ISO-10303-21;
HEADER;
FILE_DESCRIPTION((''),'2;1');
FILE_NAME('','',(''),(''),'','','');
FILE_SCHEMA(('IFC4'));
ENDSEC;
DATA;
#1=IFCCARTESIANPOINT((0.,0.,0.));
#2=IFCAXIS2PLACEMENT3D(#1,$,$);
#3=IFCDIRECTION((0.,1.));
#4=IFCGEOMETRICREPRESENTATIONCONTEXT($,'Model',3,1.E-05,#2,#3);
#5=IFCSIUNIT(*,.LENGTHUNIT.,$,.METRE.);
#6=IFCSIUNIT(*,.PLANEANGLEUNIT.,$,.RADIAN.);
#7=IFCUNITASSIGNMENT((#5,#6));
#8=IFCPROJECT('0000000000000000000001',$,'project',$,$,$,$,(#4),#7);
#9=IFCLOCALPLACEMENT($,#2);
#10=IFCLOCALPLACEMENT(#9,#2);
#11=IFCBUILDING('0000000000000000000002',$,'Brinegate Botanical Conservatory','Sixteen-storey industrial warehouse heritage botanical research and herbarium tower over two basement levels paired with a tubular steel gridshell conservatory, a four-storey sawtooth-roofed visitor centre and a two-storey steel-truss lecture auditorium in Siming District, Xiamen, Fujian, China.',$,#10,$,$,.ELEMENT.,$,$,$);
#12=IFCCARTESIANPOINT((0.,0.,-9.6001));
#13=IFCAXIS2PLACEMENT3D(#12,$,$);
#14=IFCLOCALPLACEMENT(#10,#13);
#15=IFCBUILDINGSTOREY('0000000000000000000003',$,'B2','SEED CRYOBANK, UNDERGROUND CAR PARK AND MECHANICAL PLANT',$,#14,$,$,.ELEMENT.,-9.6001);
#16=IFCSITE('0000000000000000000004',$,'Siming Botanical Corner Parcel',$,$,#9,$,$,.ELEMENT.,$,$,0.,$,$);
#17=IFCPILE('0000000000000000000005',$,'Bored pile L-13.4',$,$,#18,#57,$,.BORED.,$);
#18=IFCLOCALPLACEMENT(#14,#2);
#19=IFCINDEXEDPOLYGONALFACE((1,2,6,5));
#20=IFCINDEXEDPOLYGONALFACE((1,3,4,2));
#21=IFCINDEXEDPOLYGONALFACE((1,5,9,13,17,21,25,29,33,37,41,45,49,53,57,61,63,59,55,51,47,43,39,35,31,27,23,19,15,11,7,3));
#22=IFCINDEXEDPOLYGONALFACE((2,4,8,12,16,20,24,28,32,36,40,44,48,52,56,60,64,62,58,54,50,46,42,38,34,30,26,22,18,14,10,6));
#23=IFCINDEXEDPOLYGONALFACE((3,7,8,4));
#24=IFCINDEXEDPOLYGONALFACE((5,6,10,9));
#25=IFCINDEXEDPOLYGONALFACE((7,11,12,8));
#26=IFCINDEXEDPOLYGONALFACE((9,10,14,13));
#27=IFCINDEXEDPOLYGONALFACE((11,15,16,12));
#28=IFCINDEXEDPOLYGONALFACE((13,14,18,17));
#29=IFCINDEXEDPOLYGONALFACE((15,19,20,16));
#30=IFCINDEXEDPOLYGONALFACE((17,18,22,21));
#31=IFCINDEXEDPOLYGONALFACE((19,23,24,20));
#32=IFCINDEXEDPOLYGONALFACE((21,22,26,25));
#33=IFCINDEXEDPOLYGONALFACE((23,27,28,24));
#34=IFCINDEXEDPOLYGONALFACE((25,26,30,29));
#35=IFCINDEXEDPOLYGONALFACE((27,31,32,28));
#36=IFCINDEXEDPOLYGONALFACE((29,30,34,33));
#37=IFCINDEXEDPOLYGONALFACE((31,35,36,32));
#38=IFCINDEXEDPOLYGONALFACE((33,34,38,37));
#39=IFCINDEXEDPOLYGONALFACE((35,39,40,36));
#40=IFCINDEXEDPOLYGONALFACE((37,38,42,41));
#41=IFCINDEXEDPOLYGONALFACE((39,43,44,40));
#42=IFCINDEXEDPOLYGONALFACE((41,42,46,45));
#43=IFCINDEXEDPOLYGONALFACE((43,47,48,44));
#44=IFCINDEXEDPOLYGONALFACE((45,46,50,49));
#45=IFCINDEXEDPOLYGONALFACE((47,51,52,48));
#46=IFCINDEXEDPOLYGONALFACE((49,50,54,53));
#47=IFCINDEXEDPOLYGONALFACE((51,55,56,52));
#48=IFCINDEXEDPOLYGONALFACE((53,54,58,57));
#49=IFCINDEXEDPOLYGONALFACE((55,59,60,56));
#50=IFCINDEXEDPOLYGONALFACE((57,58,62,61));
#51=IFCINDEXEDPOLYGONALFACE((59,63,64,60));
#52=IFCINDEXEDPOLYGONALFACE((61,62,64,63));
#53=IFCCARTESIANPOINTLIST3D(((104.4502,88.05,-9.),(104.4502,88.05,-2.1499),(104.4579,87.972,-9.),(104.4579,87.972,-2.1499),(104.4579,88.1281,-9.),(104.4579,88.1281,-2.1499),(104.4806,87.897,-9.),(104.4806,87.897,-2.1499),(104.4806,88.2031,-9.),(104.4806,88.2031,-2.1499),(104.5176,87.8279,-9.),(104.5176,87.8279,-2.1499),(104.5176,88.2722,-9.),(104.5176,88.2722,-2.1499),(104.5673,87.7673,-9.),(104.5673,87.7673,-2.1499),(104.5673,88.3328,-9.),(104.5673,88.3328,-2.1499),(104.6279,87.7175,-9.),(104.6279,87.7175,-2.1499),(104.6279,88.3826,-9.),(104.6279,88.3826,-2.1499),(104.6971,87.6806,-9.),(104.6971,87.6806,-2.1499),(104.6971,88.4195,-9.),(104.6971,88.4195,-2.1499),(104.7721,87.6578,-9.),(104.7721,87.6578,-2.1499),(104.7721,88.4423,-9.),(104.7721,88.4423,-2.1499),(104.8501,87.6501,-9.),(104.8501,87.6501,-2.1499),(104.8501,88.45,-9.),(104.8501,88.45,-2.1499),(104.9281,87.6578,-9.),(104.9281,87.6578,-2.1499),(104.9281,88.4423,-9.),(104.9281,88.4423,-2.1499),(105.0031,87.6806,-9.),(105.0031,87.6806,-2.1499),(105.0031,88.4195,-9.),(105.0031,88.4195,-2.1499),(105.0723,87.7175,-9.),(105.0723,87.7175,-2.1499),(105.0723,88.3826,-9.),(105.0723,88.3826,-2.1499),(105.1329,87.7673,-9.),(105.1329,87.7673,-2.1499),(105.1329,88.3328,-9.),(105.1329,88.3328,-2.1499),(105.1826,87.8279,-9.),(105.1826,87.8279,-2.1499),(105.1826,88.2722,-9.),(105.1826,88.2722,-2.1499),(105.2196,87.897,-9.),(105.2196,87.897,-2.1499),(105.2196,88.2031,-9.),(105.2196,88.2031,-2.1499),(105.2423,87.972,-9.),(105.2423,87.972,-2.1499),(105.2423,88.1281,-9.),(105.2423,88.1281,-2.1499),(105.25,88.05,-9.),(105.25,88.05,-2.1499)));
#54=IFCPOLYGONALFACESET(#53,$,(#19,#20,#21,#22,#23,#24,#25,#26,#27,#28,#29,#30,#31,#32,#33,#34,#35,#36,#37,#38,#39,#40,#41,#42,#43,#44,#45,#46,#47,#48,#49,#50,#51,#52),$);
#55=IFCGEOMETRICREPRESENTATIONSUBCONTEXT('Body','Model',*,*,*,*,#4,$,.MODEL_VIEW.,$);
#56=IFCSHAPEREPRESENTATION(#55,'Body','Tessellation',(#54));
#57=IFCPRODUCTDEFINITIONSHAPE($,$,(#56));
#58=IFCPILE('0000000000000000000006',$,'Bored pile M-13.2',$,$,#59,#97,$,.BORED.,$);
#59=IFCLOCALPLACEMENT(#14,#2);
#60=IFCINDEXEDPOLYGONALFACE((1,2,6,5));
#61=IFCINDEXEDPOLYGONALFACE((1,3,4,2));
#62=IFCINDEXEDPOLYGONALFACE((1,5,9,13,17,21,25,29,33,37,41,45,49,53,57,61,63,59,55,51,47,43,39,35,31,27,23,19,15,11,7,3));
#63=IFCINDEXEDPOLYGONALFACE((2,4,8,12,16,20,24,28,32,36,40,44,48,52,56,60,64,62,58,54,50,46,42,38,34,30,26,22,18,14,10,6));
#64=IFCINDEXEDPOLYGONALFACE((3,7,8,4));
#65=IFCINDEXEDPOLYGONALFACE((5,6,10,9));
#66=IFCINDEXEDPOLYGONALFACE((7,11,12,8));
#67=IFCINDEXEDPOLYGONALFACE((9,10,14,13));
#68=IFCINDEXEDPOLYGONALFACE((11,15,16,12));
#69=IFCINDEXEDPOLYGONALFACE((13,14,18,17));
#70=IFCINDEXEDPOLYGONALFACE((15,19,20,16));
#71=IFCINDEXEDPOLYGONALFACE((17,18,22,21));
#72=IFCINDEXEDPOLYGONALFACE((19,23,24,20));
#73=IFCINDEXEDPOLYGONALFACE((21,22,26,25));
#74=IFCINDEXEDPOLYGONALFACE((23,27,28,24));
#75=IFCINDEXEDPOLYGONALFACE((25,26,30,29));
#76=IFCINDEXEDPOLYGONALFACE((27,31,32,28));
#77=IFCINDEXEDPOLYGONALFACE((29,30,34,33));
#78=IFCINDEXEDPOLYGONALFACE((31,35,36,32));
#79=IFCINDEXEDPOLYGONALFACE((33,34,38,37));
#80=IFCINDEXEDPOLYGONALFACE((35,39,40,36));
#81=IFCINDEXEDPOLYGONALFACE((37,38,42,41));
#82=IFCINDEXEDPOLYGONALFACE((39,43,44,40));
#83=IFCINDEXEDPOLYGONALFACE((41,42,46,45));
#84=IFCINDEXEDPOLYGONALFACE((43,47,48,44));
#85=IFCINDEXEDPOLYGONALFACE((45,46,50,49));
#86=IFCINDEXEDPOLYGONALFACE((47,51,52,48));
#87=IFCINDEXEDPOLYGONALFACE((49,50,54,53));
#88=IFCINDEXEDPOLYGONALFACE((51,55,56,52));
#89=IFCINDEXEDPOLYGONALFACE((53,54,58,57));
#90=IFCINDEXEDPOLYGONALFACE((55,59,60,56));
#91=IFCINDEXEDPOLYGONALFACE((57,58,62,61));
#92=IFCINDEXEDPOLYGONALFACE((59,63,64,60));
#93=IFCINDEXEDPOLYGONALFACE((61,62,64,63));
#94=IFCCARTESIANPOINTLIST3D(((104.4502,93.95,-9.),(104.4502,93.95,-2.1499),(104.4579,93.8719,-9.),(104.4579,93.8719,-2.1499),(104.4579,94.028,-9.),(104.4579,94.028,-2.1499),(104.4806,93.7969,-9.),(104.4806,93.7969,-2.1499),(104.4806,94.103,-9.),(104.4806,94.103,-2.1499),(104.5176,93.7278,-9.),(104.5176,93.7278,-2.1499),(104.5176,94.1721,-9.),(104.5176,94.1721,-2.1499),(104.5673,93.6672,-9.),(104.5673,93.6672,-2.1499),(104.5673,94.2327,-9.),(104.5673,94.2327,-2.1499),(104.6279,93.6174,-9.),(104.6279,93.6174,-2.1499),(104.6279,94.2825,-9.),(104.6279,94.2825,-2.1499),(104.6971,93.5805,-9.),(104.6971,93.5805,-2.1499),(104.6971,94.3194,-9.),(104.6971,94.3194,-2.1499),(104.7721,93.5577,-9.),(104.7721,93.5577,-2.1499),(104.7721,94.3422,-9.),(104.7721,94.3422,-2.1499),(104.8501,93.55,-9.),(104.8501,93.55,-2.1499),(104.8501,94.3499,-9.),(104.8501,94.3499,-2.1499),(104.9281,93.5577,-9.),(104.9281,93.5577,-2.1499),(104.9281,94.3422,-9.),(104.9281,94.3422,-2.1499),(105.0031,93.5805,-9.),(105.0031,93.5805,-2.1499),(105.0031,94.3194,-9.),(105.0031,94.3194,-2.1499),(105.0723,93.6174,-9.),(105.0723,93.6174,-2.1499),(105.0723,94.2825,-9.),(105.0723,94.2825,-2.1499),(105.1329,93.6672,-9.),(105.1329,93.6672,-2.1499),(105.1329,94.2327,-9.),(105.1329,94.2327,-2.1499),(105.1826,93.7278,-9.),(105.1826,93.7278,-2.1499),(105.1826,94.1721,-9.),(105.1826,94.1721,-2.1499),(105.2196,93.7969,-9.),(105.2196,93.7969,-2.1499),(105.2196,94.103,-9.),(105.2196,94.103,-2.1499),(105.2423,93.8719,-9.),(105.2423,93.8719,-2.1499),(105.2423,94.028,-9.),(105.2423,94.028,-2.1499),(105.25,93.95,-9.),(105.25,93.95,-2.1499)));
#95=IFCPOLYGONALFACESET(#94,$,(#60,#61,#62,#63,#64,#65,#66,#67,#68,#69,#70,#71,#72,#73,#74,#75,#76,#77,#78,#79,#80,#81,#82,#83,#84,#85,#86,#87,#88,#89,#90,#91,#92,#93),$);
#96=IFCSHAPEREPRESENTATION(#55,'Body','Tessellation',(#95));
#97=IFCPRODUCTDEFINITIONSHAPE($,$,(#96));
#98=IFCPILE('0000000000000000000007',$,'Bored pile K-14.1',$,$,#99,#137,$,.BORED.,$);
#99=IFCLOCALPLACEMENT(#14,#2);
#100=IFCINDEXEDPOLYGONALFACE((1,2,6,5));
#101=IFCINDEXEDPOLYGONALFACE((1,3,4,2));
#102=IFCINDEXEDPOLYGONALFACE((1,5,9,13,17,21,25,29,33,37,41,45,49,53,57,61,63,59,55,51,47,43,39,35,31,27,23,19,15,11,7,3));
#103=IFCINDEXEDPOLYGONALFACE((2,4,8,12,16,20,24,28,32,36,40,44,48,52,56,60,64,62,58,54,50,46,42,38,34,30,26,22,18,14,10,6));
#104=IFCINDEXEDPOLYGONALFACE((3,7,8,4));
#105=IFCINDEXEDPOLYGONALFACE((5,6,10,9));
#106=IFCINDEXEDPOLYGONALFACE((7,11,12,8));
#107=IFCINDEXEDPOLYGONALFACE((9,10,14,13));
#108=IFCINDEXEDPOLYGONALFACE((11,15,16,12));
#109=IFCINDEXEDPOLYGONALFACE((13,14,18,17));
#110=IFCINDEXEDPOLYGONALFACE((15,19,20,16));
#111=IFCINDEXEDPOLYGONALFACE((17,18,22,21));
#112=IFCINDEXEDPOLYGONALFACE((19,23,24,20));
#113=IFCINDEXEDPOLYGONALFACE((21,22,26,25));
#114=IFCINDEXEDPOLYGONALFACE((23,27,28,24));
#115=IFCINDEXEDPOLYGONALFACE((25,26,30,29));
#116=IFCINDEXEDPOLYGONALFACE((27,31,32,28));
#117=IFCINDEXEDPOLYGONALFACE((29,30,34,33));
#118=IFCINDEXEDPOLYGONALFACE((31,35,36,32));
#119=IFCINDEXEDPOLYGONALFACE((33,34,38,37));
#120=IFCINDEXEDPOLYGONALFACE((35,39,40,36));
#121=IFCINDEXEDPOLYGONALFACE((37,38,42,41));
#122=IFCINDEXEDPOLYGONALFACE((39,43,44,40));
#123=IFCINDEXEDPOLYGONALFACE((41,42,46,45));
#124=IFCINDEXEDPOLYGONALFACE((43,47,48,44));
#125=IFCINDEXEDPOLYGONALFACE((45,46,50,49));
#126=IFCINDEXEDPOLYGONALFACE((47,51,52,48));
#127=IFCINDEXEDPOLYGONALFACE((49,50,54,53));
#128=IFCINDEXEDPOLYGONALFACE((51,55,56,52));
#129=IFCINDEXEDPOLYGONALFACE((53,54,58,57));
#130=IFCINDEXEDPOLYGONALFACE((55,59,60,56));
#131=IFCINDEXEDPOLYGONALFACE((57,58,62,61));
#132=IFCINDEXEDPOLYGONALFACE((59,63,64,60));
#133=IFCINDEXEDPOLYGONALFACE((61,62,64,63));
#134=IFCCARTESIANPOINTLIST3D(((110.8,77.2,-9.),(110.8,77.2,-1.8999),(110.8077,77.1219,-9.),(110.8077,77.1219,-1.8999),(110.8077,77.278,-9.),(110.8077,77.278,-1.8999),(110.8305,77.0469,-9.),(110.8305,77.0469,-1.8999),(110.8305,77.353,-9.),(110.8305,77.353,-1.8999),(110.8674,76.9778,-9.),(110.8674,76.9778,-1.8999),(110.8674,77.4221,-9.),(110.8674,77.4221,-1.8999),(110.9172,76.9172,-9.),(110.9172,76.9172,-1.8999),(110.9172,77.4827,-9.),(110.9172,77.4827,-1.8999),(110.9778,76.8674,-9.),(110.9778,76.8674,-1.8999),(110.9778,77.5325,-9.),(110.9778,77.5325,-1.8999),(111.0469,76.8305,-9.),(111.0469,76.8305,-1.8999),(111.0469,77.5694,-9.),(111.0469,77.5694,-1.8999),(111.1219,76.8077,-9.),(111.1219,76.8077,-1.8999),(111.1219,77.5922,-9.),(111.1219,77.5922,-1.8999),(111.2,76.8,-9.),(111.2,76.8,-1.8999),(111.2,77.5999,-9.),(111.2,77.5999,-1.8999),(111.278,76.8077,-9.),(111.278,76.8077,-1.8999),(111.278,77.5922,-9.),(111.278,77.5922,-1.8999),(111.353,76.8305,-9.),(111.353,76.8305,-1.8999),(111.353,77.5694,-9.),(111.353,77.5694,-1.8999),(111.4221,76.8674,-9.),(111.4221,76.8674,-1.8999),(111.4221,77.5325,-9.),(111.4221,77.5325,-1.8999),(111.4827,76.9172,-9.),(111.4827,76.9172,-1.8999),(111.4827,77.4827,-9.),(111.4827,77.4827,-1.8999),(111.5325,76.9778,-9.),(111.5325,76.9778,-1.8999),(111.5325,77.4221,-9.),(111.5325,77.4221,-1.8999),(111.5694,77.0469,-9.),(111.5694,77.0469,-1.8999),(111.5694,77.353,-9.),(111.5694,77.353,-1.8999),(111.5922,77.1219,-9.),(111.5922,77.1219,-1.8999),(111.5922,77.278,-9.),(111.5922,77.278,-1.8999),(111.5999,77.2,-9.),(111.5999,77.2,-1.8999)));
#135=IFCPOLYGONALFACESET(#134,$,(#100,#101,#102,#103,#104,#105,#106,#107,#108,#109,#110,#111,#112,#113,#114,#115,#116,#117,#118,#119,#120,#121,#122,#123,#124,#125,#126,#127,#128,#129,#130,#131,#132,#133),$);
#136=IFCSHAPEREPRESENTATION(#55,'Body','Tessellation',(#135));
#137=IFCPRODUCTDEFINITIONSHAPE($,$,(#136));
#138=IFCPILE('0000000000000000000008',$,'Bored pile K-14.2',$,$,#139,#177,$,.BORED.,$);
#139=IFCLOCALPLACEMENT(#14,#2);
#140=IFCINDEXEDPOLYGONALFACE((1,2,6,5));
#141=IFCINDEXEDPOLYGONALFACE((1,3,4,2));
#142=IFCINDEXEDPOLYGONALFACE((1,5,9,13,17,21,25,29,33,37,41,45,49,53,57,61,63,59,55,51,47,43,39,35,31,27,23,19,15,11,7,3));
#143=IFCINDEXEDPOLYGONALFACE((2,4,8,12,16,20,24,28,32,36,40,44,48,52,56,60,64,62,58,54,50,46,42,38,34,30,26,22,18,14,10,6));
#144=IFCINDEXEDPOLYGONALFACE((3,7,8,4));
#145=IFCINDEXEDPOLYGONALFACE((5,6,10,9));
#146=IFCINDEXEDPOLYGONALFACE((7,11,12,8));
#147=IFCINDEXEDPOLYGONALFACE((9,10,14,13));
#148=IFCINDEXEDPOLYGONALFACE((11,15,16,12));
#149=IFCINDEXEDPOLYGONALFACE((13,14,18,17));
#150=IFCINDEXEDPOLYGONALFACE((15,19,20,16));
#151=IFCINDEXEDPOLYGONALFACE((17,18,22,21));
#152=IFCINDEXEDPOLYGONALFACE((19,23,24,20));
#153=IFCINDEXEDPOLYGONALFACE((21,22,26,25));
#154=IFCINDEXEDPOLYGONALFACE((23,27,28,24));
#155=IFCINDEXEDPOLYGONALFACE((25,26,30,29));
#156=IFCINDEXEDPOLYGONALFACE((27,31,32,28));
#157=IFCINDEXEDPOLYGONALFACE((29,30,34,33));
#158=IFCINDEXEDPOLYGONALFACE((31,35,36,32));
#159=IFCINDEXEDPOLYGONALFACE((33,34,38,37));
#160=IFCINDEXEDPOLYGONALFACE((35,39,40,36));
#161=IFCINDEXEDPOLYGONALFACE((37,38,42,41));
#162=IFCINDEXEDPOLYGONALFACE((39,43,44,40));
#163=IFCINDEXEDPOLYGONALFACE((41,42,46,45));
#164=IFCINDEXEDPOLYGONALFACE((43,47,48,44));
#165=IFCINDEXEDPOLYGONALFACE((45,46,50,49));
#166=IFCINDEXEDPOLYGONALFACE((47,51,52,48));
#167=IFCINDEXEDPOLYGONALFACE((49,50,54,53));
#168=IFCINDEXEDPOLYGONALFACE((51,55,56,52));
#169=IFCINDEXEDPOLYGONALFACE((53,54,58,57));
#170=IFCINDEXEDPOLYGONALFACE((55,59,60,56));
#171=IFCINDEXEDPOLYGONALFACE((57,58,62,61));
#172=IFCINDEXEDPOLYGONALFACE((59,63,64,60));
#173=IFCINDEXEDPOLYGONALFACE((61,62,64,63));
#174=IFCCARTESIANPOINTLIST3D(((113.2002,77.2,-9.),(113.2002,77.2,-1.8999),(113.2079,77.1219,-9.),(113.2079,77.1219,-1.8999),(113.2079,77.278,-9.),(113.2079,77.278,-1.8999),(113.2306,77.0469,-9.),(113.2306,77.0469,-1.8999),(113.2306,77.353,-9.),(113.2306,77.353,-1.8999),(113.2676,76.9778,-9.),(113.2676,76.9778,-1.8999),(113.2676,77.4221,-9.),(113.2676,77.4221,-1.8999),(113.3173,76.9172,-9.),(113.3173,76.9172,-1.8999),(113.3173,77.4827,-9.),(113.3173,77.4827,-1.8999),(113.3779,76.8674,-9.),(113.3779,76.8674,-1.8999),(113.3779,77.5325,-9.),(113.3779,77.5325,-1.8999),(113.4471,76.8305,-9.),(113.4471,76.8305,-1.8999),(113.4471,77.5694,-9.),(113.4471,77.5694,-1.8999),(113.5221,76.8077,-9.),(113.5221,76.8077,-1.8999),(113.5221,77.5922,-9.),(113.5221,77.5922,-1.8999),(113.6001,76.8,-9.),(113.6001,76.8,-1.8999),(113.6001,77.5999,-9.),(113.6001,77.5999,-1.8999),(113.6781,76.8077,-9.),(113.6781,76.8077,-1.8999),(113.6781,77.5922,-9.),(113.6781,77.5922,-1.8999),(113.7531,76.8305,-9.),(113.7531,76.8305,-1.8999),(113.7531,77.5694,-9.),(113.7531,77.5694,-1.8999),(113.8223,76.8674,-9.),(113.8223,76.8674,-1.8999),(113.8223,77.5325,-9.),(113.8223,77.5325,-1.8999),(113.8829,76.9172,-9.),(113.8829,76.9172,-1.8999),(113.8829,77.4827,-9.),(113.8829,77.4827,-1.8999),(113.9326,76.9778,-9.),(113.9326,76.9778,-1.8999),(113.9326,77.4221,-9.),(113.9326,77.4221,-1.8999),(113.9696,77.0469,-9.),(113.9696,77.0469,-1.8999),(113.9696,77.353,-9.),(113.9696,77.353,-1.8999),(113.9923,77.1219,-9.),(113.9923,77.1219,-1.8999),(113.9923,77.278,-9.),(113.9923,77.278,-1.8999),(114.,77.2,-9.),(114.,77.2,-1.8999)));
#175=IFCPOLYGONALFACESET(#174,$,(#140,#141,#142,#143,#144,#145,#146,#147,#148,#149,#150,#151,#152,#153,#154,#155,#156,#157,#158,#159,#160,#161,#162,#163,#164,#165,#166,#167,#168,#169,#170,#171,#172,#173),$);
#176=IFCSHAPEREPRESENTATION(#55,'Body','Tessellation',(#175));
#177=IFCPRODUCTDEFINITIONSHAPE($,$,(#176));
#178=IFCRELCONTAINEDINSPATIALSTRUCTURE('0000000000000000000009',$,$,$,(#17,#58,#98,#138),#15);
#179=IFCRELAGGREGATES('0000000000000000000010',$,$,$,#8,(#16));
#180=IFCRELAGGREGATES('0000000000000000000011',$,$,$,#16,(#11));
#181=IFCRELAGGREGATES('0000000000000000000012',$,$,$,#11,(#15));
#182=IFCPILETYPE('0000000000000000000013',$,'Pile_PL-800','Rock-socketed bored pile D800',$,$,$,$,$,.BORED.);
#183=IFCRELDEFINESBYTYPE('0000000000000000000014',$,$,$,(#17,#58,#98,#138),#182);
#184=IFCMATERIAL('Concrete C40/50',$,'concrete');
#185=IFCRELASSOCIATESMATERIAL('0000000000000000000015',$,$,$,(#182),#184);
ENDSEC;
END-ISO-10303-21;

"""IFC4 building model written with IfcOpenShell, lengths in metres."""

from ifc_helpers import new_model, si_unit, direction, frame, origin, origin_2d, place, context, subcontext, project, spatial, circle, extrude, material, material_profile, profile_set, type_object, element, save


model = new_model("IFC4")

# Units and contexts
model_context = context("Model", 3, precision=1e-05, world=origin(), true_north=direction((0.0, 1.0)))
body_context = subcontext(model_context, "Body", "Model", "MODEL_VIEW")
ifc_project = project(units=[si_unit("LENGTHUNIT", "METRE"), si_unit("PLANEANGLEUNIT", "RADIAN")], contexts=[model_context])

# Site, building, storey
site_placement = place(None, origin())
site = spatial("IfcSite", under=ifc_project, at=site_placement, Name="Siming Botanical Corner Parcel", CompositionType="ELEMENT", RefElevation=0.0)
building_placement = place(site_placement, origin())
building = spatial("IfcBuilding", under=site, at=building_placement, Name="Brinegate Botanical Conservatory", Description="Sixteen-storey industrial warehouse heritage botanical research and herbarium tower over two basement levels paired with a tubular steel gridshell conservatory, a four-storey sawtooth-roofed visitor centre and a two-storey steel-truss lecture auditorium in Siming District, Xiamen, Fujian, China.", CompositionType="ELEMENT")
storey_placement = place(building_placement, frame((0.0, 0.0, -9.6001)))
storey = spatial("IfcBuildingStorey", under=building, at=storey_placement, Name="B2", Description="SEED CRYOBANK, UNDERGROUND CAR PARK AND MECHANICAL PLANT", CompositionType="ELEMENT", Elevation=-9.6001)

# Shared definitions
ifc_material = material(Name="Concrete C40/50", Category="concrete")

# Piles
ifc_material_profile_1 = material_profile(ifc_material, circle(Radius=0.3999, at=origin_2d()), Name="PILE D800")
ifc_profile_set_1 = profile_set([ifc_material_profile_1], Name="Concrete C40/50")
pile_type_1 = type_object("IfcPileType", Name="Pile_PL-800", Description="Rock-socketed bored pile D800", PredefinedType="BORED", material=ifc_profile_set_1)
for number, where, z_axis, x_axis, name in (
    (1, (104.8501, 88.05, -2.1499), (0.0, 0.0, -1.0), (1.0, 0.0, 0.0), "Bored pile L-13.4"),
    (2, (104.8501, 93.95, -2.1499), (0.0, 0.0, -1.0), (1.0, 0.0, 0.0), "Bored pile M-13.2"),
):
    element("IfcPile", number, at=place(storey_placement, frame(where, z_axis=z_axis, x_axis=x_axis)), inside=storey, type_object=pile_type_1, Name=name, PredefinedType="BORED", context=body_context, shape_type="SweptSolid", body=[
        extrude(circle(Radius=0.3999, at=origin_2d()), origin(), (0.0, 0.0, 1.0), 6.8501),
    ])
for number, where, z_axis, x_axis, name in (
    (3, (111.2, 77.2, -1.8999), (0.0, 0.0, -1.0), (1.0, 0.0, 0.0), "Bored pile K-14.1"),
    (4, (113.6001, 77.2, -1.8999), (0.0, 0.0, -1.0), (1.0, 0.0, 0.0), "Bored pile K-14.2"),
):
    element("IfcPile", number, at=place(storey_placement, frame(where, z_axis=z_axis, x_axis=x_axis)), inside=storey, type_object=pile_type_1, Name=name, PredefinedType="BORED", context=body_context, shape_type="SweptSolid", body=[
        extrude(circle(Radius=0.3999, at=origin_2d()), origin(), (0.0, 0.0, 1.0), 7.1001),
    ])

save(model, "model.ifc")
